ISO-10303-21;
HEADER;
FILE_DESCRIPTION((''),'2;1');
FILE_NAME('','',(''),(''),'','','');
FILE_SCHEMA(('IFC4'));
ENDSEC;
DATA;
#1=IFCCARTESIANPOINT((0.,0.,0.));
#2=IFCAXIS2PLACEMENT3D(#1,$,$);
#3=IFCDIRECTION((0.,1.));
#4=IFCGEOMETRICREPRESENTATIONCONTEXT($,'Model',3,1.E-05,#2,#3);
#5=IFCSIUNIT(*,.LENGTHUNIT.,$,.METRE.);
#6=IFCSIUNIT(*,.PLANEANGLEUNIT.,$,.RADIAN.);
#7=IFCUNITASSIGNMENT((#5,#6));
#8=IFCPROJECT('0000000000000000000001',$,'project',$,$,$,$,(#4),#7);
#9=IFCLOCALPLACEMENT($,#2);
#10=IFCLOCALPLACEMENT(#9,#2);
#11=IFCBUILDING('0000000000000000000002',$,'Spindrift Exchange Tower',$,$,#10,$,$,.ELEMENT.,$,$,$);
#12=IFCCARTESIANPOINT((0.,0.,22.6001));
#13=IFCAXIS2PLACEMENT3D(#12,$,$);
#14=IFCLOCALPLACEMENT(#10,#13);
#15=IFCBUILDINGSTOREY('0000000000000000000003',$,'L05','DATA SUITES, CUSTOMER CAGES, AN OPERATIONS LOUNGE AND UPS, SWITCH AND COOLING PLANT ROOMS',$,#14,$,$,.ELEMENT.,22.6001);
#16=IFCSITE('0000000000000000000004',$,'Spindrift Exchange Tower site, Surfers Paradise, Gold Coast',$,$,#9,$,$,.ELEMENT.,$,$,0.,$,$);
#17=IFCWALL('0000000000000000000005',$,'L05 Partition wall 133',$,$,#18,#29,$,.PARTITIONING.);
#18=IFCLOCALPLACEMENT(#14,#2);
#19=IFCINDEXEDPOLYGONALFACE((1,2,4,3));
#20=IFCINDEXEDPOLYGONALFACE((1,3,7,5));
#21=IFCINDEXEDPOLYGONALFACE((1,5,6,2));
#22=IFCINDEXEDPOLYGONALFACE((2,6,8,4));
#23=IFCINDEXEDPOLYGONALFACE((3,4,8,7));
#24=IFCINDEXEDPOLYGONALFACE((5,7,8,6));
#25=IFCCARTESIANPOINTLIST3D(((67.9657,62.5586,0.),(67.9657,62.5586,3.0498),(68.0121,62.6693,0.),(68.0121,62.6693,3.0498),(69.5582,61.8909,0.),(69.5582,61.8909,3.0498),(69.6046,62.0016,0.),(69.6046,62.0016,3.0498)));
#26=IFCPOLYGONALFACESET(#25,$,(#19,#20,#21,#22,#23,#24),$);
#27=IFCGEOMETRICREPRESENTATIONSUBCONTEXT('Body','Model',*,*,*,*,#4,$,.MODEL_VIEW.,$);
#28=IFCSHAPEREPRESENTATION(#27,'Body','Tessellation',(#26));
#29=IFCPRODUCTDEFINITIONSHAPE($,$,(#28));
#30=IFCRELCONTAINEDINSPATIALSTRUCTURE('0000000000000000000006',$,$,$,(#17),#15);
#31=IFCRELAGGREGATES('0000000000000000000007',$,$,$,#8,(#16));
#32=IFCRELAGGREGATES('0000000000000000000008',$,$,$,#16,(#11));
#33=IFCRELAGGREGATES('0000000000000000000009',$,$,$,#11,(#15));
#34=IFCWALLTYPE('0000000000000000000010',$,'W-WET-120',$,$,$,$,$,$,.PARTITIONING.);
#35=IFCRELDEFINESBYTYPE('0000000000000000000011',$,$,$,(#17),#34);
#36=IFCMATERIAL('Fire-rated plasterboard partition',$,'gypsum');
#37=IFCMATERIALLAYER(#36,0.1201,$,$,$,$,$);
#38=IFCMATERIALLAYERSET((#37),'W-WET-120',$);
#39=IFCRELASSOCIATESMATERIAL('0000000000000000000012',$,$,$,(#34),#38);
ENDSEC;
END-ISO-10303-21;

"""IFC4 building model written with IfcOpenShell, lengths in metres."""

from ifc_helpers import new_model, si_unit, direction, frame, frame_2d, origin, place, context, subcontext, project, spatial, rectangle, extrude, material, layer, layer_set, type_object, element, save


model = new_model("IFC4")

# Units and contexts
model_context = context("Model", 3, precision=1e-05, world=origin(), true_north=direction((0.0, 1.0)))
body_context = subcontext(model_context, "Body", "Model", "MODEL_VIEW")
ifc_project = project(units=[si_unit("LENGTHUNIT", "METRE"), si_unit("PLANEANGLEUNIT", "RADIAN")], contexts=[model_context])

# Site, building, storey
site_placement = place(None, origin())
site = spatial("IfcSite", under=ifc_project, at=site_placement, Name="Spindrift Exchange Tower site, Surfers Paradise, Gold Coast", CompositionType="ELEMENT", RefElevation=0.0)
building_placement = place(site_placement, origin())
building = spatial("IfcBuilding", under=site, at=building_placement, Name="Spindrift Exchange Tower", CompositionType="ELEMENT")
storey_placement = place(building_placement, frame((0.0, 0.0, 22.6001)))
storey = spatial("IfcBuildingStorey", under=building, at=storey_placement, Name="L05", Description="DATA SUITES, CUSTOMER CAGES, AN OPERATIONS LOUNGE AND UPS, SWITCH AND COOLING PLANT ROOMS", CompositionType="ELEMENT", Elevation=22.6001)

# Shared definitions
ifc_material_1 = material(Name="Fire-rated plasterboard partition", Category="gypsum")

# Wall
ifc_layer_1 = layer(ifc_material_1, 0.1201)
ifc_layer_set_1 = layer_set([ifc_layer_1], Name="W-WET-120")
wall_type_1 = type_object("IfcWallType", Name="W-WET-120", PredefinedType="PARTITIONING", material=ifc_layer_set_1)
wall_1_placement = place(storey_placement, frame((69.5813, 61.9463, 0.0), z_axis=(0.0, 0.0, 1.0), x_axis=(-0.922217, 0.386672, 0.0)))
element("IfcWall", 1, at=wall_1_placement, inside=storey, type_object=wall_type_1, Name="L05 Partition wall 133", PredefinedType="PARTITIONING", context=body_context, shape_type="SweptSolid", body=[
    extrude(rectangle(XDim=1.7268, YDim=0.1201, at=frame_2d((0.8633, 0.0))), origin(), (0.0, 0.0, 1.0), 3.0498),
])

save(model, "model.ifc")
